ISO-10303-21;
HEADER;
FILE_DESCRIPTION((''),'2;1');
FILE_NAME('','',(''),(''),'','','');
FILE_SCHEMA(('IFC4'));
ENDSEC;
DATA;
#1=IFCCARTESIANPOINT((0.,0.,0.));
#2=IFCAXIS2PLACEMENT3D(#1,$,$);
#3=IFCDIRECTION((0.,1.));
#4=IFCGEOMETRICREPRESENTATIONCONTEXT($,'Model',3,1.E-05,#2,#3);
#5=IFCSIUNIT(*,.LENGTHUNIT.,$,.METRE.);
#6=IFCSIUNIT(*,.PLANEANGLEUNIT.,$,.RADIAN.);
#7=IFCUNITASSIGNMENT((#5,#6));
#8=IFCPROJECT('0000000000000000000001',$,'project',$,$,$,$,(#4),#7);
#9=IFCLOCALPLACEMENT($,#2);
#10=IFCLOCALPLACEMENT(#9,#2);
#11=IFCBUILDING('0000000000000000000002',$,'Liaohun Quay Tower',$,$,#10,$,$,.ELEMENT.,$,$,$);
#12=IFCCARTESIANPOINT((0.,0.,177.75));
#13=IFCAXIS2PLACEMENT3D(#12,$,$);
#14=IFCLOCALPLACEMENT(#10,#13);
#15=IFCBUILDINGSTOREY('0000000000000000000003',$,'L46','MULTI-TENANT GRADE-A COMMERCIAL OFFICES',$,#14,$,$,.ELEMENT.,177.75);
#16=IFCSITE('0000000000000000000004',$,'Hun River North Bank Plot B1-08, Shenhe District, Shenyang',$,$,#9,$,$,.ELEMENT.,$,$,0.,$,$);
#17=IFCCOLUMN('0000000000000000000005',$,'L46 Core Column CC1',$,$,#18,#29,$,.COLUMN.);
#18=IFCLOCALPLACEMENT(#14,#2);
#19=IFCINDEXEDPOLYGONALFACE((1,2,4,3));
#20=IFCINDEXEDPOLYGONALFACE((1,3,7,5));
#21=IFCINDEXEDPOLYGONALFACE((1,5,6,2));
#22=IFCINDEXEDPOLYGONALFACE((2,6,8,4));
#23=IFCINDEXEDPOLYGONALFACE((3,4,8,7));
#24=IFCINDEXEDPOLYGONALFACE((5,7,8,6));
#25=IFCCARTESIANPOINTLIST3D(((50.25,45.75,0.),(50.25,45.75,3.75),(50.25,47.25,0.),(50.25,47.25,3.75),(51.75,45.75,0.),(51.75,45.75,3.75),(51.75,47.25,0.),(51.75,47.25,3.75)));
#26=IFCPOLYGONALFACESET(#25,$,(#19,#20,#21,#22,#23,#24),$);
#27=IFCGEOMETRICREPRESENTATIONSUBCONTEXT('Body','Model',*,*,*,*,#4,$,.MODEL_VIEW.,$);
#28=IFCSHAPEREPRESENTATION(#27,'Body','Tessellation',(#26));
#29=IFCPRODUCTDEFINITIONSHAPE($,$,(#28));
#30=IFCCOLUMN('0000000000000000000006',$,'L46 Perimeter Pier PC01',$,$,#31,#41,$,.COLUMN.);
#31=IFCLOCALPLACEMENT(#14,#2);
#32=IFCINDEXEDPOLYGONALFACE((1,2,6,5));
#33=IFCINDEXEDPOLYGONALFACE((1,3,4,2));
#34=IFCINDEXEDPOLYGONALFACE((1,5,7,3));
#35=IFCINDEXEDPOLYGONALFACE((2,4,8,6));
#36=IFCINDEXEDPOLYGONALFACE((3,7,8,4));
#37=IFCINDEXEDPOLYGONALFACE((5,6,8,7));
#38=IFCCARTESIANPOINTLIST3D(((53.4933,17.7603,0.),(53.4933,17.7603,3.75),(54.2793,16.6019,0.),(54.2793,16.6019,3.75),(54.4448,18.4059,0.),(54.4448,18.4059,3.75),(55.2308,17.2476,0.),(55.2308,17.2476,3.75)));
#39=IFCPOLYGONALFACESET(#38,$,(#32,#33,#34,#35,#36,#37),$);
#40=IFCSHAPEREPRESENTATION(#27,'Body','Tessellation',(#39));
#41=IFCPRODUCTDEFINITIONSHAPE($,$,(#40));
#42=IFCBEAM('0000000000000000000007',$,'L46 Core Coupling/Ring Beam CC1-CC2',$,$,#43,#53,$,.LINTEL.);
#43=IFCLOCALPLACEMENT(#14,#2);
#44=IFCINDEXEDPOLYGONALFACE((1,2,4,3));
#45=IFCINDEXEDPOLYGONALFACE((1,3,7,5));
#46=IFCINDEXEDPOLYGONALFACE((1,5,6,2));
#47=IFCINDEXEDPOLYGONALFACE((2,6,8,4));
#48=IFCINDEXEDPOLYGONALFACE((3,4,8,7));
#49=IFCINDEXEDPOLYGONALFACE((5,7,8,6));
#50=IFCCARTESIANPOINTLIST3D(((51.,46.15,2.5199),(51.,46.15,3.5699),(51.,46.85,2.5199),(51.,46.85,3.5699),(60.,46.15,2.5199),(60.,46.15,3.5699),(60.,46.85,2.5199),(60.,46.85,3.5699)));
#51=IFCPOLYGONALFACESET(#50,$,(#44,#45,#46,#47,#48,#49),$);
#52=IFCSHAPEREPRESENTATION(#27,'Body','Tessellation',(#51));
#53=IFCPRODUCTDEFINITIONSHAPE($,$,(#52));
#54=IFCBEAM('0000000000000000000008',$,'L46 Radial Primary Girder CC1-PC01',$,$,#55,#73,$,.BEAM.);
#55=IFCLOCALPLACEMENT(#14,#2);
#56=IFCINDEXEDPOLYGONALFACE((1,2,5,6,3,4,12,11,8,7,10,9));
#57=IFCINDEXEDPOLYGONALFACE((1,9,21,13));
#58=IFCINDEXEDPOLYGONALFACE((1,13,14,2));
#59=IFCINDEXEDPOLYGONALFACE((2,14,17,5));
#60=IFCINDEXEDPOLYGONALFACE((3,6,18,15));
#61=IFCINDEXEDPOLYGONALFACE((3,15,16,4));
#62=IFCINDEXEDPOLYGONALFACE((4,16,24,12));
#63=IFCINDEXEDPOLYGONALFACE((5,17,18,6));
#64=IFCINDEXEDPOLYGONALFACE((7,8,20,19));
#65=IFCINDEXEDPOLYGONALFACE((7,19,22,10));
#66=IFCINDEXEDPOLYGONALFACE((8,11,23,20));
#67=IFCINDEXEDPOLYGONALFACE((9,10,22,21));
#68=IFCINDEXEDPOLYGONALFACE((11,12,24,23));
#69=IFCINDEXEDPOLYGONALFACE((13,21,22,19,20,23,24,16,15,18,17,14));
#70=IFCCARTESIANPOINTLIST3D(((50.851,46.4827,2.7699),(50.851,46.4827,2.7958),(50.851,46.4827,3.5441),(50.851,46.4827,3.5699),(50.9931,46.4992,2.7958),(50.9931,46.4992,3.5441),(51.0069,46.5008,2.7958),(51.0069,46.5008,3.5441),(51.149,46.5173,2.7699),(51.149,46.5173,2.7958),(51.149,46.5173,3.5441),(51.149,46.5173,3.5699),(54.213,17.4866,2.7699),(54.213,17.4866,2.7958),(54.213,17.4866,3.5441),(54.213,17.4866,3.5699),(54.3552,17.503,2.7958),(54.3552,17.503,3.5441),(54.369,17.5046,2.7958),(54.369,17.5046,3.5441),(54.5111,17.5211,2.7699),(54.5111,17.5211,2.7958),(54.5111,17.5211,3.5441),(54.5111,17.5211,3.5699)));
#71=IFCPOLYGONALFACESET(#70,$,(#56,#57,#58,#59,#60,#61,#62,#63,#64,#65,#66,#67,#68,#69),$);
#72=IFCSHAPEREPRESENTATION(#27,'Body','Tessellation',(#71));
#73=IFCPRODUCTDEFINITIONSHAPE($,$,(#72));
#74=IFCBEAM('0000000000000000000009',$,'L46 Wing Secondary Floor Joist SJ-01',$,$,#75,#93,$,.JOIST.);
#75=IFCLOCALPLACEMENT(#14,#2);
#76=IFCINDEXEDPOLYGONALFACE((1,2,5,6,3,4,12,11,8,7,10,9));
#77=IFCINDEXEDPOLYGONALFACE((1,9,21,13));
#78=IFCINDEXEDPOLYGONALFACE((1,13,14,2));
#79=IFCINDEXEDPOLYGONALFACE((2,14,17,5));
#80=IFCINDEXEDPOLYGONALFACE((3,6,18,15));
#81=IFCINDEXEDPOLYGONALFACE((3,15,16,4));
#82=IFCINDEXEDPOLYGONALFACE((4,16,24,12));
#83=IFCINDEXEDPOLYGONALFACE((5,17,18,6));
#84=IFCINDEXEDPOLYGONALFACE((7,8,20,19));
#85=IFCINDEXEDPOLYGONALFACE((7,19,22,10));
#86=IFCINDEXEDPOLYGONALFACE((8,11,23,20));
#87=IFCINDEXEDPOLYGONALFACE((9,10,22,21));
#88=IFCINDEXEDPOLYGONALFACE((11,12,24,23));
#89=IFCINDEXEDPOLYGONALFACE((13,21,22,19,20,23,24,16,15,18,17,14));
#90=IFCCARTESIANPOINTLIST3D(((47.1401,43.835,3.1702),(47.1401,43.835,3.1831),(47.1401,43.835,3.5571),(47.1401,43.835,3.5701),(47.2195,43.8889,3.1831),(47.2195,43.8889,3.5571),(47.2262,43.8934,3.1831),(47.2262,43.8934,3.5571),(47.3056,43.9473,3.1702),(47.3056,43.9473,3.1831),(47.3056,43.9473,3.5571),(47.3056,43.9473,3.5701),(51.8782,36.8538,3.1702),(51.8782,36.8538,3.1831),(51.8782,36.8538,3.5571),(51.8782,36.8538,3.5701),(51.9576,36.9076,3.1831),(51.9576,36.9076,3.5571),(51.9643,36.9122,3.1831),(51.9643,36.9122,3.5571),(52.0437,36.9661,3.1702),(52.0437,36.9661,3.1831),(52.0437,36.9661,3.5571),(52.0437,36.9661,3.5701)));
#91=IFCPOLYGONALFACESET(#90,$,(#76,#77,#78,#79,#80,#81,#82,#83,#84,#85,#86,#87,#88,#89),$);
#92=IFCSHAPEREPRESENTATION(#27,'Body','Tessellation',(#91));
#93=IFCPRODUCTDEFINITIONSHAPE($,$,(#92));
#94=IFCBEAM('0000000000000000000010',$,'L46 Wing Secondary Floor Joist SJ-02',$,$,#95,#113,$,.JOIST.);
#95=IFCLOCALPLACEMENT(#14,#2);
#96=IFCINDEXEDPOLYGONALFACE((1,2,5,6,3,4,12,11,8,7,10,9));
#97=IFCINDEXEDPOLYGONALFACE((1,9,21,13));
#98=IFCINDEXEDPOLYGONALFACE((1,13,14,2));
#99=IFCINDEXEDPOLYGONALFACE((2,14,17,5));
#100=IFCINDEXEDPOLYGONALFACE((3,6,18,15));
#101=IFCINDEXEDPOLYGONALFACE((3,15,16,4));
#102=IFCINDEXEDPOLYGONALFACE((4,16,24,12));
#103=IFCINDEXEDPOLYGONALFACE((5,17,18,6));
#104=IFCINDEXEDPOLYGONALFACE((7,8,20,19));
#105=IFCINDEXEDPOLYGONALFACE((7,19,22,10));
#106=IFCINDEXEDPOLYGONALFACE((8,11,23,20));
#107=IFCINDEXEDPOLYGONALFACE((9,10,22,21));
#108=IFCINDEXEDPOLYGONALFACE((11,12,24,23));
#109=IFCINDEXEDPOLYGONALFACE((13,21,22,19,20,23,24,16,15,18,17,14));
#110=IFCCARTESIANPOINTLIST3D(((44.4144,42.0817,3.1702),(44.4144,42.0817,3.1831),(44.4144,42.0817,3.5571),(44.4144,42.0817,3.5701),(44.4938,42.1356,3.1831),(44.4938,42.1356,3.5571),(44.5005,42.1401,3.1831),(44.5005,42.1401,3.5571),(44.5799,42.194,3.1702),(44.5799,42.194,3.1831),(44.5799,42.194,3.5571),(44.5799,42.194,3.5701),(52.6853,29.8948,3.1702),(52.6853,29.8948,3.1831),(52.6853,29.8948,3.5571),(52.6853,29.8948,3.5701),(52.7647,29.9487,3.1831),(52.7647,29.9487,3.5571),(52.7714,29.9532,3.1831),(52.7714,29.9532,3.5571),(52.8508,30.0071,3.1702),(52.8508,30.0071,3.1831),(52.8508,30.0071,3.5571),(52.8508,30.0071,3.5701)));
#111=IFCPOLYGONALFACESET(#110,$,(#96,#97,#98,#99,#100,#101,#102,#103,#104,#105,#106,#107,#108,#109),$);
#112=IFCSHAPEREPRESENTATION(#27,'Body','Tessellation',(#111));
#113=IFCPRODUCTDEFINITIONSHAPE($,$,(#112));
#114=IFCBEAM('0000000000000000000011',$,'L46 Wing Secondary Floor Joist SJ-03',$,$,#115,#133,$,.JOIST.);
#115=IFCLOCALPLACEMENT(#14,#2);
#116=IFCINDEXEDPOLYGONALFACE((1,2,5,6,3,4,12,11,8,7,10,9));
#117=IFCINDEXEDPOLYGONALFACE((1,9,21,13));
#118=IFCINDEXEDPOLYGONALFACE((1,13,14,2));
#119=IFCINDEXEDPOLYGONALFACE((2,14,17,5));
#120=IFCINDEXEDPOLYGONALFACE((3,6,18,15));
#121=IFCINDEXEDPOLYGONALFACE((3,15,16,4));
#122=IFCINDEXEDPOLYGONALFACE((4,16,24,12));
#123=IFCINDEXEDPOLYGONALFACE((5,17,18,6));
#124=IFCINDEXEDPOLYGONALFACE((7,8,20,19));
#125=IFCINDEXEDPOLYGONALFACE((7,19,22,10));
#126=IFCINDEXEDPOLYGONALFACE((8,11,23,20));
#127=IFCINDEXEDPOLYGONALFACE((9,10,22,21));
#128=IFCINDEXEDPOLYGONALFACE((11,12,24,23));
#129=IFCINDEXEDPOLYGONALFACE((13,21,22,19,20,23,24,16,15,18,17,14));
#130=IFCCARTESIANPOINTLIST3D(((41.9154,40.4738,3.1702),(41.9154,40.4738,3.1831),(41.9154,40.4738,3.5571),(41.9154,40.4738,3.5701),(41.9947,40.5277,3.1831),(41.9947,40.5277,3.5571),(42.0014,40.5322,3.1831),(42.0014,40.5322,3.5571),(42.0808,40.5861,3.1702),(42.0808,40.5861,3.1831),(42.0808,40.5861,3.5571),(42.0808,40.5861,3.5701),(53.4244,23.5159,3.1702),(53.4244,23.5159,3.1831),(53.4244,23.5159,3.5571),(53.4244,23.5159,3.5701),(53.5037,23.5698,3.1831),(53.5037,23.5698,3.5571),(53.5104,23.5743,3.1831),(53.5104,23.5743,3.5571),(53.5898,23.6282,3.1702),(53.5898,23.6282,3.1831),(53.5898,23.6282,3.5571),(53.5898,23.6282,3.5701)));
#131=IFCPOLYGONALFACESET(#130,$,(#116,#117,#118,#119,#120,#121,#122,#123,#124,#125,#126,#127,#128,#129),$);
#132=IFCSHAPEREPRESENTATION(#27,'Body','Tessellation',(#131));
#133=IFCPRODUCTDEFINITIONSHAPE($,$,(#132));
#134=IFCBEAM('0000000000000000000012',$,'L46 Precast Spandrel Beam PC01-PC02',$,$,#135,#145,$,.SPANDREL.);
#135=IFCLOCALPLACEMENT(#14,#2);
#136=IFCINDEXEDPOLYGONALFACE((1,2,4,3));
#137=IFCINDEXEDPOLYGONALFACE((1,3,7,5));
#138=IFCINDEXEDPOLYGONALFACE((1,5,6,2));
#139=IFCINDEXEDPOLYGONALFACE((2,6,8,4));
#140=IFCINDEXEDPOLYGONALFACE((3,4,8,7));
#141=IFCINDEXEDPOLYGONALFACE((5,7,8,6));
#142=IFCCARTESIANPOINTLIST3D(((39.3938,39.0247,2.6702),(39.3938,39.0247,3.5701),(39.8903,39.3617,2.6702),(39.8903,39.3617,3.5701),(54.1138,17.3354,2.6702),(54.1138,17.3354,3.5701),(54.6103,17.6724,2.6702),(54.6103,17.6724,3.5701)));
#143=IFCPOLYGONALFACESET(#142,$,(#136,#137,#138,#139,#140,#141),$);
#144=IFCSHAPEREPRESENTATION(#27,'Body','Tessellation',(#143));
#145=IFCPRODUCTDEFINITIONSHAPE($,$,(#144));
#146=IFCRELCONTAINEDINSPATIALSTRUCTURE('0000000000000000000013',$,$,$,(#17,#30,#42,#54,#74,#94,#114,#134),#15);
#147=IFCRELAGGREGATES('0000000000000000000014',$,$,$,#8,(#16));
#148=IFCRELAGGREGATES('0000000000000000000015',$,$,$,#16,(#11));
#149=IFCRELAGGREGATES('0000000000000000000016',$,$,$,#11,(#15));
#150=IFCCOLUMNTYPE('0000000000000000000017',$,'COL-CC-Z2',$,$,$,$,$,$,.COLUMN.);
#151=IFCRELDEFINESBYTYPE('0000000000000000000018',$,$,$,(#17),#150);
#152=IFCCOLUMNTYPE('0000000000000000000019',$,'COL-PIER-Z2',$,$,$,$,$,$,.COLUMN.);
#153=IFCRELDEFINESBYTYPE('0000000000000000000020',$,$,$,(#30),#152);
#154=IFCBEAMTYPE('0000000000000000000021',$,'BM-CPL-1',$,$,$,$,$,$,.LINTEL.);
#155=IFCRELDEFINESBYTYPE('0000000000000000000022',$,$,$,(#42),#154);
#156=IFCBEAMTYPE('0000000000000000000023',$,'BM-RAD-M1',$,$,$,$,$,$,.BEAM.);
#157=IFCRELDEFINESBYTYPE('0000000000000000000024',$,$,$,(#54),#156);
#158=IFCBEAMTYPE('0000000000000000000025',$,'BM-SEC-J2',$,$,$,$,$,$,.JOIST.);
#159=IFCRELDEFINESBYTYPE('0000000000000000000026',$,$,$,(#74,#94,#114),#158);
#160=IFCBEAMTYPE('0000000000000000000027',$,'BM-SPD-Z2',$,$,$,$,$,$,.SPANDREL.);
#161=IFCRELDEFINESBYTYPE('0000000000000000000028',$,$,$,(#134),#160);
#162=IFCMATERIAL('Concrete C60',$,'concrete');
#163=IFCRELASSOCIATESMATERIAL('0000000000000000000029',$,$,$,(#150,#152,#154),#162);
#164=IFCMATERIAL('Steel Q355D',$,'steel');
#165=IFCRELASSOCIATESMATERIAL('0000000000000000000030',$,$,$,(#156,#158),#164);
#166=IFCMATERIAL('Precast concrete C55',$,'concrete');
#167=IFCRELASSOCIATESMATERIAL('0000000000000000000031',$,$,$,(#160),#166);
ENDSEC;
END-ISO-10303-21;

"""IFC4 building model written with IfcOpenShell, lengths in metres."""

from ifc_helpers import new_model, si_unit, direction, frame, origin, origin_2d, place, context, subcontext, project, spatial, rectangle, i_section, extrude, source, transform, mapped, material, material_profile, profile_set, type_object, element, save


model = new_model("IFC4")

# Units and contexts
model_context = context("Model", 3, precision=1e-05, world=origin(), true_north=direction((0.0, 1.0)))
body_context = subcontext(model_context, "Body", "Model", "MODEL_VIEW")
ifc_project = project(units=[si_unit("LENGTHUNIT", "METRE"), si_unit("PLANEANGLEUNIT", "RADIAN")], contexts=[model_context])

# Site, building, storey
site_placement = place(None, origin())
site = spatial("IfcSite", under=ifc_project, at=site_placement, Name="Hun River North Bank Plot B1-08, Shenhe District, Shenyang", CompositionType="ELEMENT", RefElevation=0.0)
building_placement = place(site_placement, origin())
building = spatial("IfcBuilding", under=site, at=building_placement, Name="Liaohun Quay Tower", CompositionType="ELEMENT")
storey_placement = place(building_placement, frame((0.0, 0.0, 177.75)))
storey = spatial("IfcBuildingStorey", under=building, at=storey_placement, Name="L46", Description="MULTI-TENANT GRADE-A COMMERCIAL OFFICES", CompositionType="ELEMENT", Elevation=177.75)

# Columns
ifc_material_1 = material(Name="Concrete C60", Category="concrete")
ifc_material_profile_1 = material_profile(ifc_material_1, rectangle(XDim=1.5, YDim=1.5, at=origin_2d()), Name="RC1500x1500")
ifc_profile_set_1 = profile_set([ifc_material_profile_1], Name="Concrete C60")
column_type_1 = type_object("IfcColumnType", Name="COL-CC-Z2", PredefinedType="COLUMN", material=ifc_profile_set_1)
shared_shape_1 = source(origin(), body_context, "Body", "SweptSolid", [
    extrude(rectangle(XDim=1.5, YDim=1.5, at=origin_2d()), origin(), (0.0, 0.0, 1.0), 3.75),
])
column_1_placement = place(storey_placement, frame((51.0, 46.5, 0.0), z_axis=(0.0, 0.0, 1.0), x_axis=(1.0, 0.0, 0.0)))
element("IfcColumn", 1, at=column_1_placement, inside=storey, type_object=column_type_1, Name="L46 Core Column CC1", PredefinedType="COLUMN", context=body_context, shape_type="MappedRepresentation", body=[
    mapped(shared_shape_1, transform((0.0, 0.0, 0.0), x_axis=(1.0, 0.0, 0.0), y_axis=(0.0, 1.0, 0.0), z_axis=(0.0, 0.0, 1.0), scale=1.0)),
])
ifc_material_profile_2 = material_profile(ifc_material_1, rectangle(XDim=1.3999, YDim=1.1499, at=origin_2d()), Name="RC1400x1150")
ifc_profile_set_2 = profile_set([ifc_material_profile_2], Name="Concrete C60")
column_type_2 = type_object("IfcColumnType", Name="COL-PIER-Z2", PredefinedType="COLUMN", material=ifc_profile_set_2)
shared_shape_2 = source(origin(), body_context, "Body", "SweptSolid", [
    extrude(rectangle(XDim=1.3999, YDim=1.1499, at=origin_2d()), origin(), (0.0, 0.0, 1.0), 3.75),
])
column_2_placement = place(storey_placement, frame((54.3621, 17.5039, 0.0), z_axis=(0.0, 0.0, 1.0), x_axis=(-0.561506, 0.827473, 0.0)))
element("IfcColumn", 2, at=column_2_placement, inside=storey, type_object=column_type_2, Name="L46 Perimeter Pier PC01", PredefinedType="COLUMN", context=body_context, shape_type="MappedRepresentation", body=[
    mapped(shared_shape_2, transform((0.0, 0.0, 0.0), x_axis=(1.0, 0.0, 0.0), y_axis=(0.0, 1.0, 0.0), z_axis=(0.0, 0.0, 1.0), scale=1.0)),
])

# Beams
ifc_material_profile_3 = material_profile(ifc_material_1, rectangle(XDim=0.7, YDim=1.05, at=origin_2d()), Name="RC700x1050")
ifc_profile_set_3 = profile_set([ifc_material_profile_3], Name="Concrete C60")
beam_type_1 = type_object("IfcBeamType", Name="BM-CPL-1", PredefinedType="LINTEL", material=ifc_profile_set_3)
shared_shape_3 = source(origin(), body_context, "Body", "SweptSolid", [
    extrude(rectangle(XDim=0.7, YDim=1.05, at=origin_2d()), origin(), (0.0, 0.0, 1.0), 9.0),
])
beam_1_placement = place(storey_placement, frame((51.0, 46.5, 3.0449), z_axis=(1.0, 0.0, 0.0), x_axis=(0.0, 1.0, 0.0)))
element("IfcBeam", 3, at=beam_1_placement, inside=storey, type_object=beam_type_1, Name="L46 Core Coupling/Ring Beam CC1-CC2", PredefinedType="LINTEL", context=body_context, shape_type="MappedRepresentation", body=[
    mapped(shared_shape_3, transform((0.0, 0.0, 0.0), x_axis=(1.0, 0.0, 0.0), y_axis=(0.0, 1.0, 0.0), z_axis=(0.0, 0.0, 1.0), scale=1.0)),
])
ifc_material_2 = material(Name="Steel Q355D", Category="steel")
ifc_material_profile_4 = material_profile(ifc_material_2, i_section(OverallWidth=0.3, OverallDepth=0.8, WebThickness=0.0139, FlangeThickness=0.0259, at=origin_2d()), Name="HN800x300x14x26")
ifc_profile_set_4 = profile_set([ifc_material_profile_4], Name="Steel Q355D")
beam_type_2 = type_object("IfcBeamType", Name="BM-RAD-M1", PredefinedType="BEAM", material=ifc_profile_set_4)
shared_shape_4 = source(origin(), body_context, "Body", "SweptSolid", [
    extrude(i_section(OverallWidth=0.3, OverallDepth=0.8, WebThickness=0.0139, FlangeThickness=0.0259, at=origin_2d()), origin(), (0.0, 0.0, 1.0), 29.1904),
])
beam_2_placement = place(storey_placement, frame((51.0, 46.5, 3.1699), z_axis=(0.115177, -0.993345, 0.0), x_axis=(0.993345, 0.115177, 0.0)))
element("IfcBeam", 4, at=beam_2_placement, inside=storey, type_object=beam_type_2, Name="L46 Radial Primary Girder CC1-PC01", PredefinedType="BEAM", context=body_context, shape_type="MappedRepresentation", body=[
    mapped(shared_shape_4, transform((0.0, 0.0, 0.0), x_axis=(1.0, 0.0, 0.0), y_axis=(0.0, 1.0, 0.0), z_axis=(0.0, 0.0, 1.0), scale=1.0)),
])
ifc_material_profile_5 = material_profile(ifc_material_2, i_section(OverallWidth=0.2, OverallDepth=0.3999, WebThickness=0.0081, FlangeThickness=0.0129, at=origin_2d()), Name="HN400x200x8x13")
ifc_profile_set_5 = profile_set([ifc_material_profile_5], Name="Steel Q355D")
beam_type_3 = type_object("IfcBeamType", Name="BM-SEC-J2", PredefinedType="JOIST", material=ifc_profile_set_5)
shared_shape_5 = source(origin(), body_context, "Body", "SweptSolid", [
    extrude(i_section(OverallWidth=0.2, OverallDepth=0.3999, WebThickness=0.0081, FlangeThickness=0.0129, at=origin_2d()), origin(), (0.0, 0.0, 1.0), 8.4373),
])
beam_3_placement = place(storey_placement, frame((51.9609, 36.9099, 3.3701), z_axis=(-0.561566, 0.827432, 0.0), x_axis=(-0.827432, -0.561566, 0.0)))
element("IfcBeam", 5, at=beam_3_placement, inside=storey, type_object=beam_type_3, Name="L46 Wing Secondary Floor Joist SJ-01", PredefinedType="JOIST", context=body_context, shape_type="MappedRepresentation", body=[
    mapped(shared_shape_5, transform((0.0, 0.0, 0.0), x_axis=(1.0, 0.0, 0.0), y_axis=(0.0, 1.0, 0.0), z_axis=(0.0, 0.0, 1.0), scale=1.0)),
])
shared_shape_6 = source(origin(), body_context, "Body", "SweptSolid", [
    extrude(i_section(OverallWidth=0.2, OverallDepth=0.3999, WebThickness=0.0081, FlangeThickness=0.0129, at=origin_2d()), origin(), (0.0, 0.0, 1.0), 14.7285),
])
beam_4_placement = place(storey_placement, frame((52.7681, 29.9509, 3.3701), z_axis=(-0.561559, 0.827437, 0.0), x_axis=(-0.827437, -0.561559, 0.0)))
element("IfcBeam", 6, at=beam_4_placement, inside=storey, type_object=beam_type_3, Name="L46 Wing Secondary Floor Joist SJ-02", PredefinedType="JOIST", context=body_context, shape_type="MappedRepresentation", body=[
    mapped(shared_shape_6, transform((0.0, 0.0, 0.0), x_axis=(1.0, 0.0, 0.0), y_axis=(0.0, 1.0, 0.0), z_axis=(0.0, 0.0, 1.0), scale=1.0)),
])
shared_shape_7 = source(origin(), body_context, "Body", "SweptSolid", [
    extrude(i_section(OverallWidth=0.2, OverallDepth=0.3999, WebThickness=0.0081, FlangeThickness=0.0129, at=origin_2d()), origin(), (0.0, 0.0, 1.0), 20.4946),
])
beam_5_placement = place(storey_placement, frame((53.5071, 23.572, 3.3701), z_axis=(-0.561562, 0.827435, 0.0), x_axis=(-0.827435, -0.561562, 0.0)))
element("IfcBeam", 7, at=beam_5_placement, inside=storey, type_object=beam_type_3, Name="L46 Wing Secondary Floor Joist SJ-03", PredefinedType="JOIST", context=body_context, shape_type="MappedRepresentation", body=[
    mapped(shared_shape_7, transform((0.0, 0.0, 0.0), x_axis=(1.0, 0.0, 0.0), y_axis=(0.0, 1.0, 0.0), z_axis=(0.0, 0.0, 1.0), scale=1.0)),
])
ifc_material_3 = material(Name="Precast concrete C55", Category="concrete")
ifc_material_profile_6 = material_profile(ifc_material_3, rectangle(XDim=0.6001, YDim=0.8999, at=origin_2d()), Name="RC600x900")
ifc_profile_set_6 = profile_set([ifc_material_profile_6], Name="Precast concrete C55")
beam_type_4 = type_object("IfcBeamType", Name="BM-SPD-Z2", PredefinedType="SPANDREL", material=ifc_profile_set_6)
shared_shape_8 = source(origin(), body_context, "Body", "SweptSolid", [
    extrude(rectangle(XDim=0.6001, YDim=0.8999, at=origin_2d()), origin(), (0.0, 0.0, 1.0), 26.2126),
])
beam_6_placement = place(storey_placement, frame((54.3621, 17.5039, 3.1201), z_axis=(-0.561561, 0.827435, 0.0), x_axis=(-0.827435, -0.561561, 0.0)))
element("IfcBeam", 8, at=beam_6_placement, inside=storey, type_object=beam_type_4, Name="L46 Precast Spandrel Beam PC01-PC02", PredefinedType="SPANDREL", context=body_context, shape_type="MappedRepresentation", body=[
    mapped(shared_shape_8, transform((0.0, 0.0, 0.0), x_axis=(1.0, 0.0, 0.0), y_axis=(0.0, 1.0, 0.0), z_axis=(0.0, 0.0, 1.0), scale=1.0)),
])

save(model, "model.ifc")
